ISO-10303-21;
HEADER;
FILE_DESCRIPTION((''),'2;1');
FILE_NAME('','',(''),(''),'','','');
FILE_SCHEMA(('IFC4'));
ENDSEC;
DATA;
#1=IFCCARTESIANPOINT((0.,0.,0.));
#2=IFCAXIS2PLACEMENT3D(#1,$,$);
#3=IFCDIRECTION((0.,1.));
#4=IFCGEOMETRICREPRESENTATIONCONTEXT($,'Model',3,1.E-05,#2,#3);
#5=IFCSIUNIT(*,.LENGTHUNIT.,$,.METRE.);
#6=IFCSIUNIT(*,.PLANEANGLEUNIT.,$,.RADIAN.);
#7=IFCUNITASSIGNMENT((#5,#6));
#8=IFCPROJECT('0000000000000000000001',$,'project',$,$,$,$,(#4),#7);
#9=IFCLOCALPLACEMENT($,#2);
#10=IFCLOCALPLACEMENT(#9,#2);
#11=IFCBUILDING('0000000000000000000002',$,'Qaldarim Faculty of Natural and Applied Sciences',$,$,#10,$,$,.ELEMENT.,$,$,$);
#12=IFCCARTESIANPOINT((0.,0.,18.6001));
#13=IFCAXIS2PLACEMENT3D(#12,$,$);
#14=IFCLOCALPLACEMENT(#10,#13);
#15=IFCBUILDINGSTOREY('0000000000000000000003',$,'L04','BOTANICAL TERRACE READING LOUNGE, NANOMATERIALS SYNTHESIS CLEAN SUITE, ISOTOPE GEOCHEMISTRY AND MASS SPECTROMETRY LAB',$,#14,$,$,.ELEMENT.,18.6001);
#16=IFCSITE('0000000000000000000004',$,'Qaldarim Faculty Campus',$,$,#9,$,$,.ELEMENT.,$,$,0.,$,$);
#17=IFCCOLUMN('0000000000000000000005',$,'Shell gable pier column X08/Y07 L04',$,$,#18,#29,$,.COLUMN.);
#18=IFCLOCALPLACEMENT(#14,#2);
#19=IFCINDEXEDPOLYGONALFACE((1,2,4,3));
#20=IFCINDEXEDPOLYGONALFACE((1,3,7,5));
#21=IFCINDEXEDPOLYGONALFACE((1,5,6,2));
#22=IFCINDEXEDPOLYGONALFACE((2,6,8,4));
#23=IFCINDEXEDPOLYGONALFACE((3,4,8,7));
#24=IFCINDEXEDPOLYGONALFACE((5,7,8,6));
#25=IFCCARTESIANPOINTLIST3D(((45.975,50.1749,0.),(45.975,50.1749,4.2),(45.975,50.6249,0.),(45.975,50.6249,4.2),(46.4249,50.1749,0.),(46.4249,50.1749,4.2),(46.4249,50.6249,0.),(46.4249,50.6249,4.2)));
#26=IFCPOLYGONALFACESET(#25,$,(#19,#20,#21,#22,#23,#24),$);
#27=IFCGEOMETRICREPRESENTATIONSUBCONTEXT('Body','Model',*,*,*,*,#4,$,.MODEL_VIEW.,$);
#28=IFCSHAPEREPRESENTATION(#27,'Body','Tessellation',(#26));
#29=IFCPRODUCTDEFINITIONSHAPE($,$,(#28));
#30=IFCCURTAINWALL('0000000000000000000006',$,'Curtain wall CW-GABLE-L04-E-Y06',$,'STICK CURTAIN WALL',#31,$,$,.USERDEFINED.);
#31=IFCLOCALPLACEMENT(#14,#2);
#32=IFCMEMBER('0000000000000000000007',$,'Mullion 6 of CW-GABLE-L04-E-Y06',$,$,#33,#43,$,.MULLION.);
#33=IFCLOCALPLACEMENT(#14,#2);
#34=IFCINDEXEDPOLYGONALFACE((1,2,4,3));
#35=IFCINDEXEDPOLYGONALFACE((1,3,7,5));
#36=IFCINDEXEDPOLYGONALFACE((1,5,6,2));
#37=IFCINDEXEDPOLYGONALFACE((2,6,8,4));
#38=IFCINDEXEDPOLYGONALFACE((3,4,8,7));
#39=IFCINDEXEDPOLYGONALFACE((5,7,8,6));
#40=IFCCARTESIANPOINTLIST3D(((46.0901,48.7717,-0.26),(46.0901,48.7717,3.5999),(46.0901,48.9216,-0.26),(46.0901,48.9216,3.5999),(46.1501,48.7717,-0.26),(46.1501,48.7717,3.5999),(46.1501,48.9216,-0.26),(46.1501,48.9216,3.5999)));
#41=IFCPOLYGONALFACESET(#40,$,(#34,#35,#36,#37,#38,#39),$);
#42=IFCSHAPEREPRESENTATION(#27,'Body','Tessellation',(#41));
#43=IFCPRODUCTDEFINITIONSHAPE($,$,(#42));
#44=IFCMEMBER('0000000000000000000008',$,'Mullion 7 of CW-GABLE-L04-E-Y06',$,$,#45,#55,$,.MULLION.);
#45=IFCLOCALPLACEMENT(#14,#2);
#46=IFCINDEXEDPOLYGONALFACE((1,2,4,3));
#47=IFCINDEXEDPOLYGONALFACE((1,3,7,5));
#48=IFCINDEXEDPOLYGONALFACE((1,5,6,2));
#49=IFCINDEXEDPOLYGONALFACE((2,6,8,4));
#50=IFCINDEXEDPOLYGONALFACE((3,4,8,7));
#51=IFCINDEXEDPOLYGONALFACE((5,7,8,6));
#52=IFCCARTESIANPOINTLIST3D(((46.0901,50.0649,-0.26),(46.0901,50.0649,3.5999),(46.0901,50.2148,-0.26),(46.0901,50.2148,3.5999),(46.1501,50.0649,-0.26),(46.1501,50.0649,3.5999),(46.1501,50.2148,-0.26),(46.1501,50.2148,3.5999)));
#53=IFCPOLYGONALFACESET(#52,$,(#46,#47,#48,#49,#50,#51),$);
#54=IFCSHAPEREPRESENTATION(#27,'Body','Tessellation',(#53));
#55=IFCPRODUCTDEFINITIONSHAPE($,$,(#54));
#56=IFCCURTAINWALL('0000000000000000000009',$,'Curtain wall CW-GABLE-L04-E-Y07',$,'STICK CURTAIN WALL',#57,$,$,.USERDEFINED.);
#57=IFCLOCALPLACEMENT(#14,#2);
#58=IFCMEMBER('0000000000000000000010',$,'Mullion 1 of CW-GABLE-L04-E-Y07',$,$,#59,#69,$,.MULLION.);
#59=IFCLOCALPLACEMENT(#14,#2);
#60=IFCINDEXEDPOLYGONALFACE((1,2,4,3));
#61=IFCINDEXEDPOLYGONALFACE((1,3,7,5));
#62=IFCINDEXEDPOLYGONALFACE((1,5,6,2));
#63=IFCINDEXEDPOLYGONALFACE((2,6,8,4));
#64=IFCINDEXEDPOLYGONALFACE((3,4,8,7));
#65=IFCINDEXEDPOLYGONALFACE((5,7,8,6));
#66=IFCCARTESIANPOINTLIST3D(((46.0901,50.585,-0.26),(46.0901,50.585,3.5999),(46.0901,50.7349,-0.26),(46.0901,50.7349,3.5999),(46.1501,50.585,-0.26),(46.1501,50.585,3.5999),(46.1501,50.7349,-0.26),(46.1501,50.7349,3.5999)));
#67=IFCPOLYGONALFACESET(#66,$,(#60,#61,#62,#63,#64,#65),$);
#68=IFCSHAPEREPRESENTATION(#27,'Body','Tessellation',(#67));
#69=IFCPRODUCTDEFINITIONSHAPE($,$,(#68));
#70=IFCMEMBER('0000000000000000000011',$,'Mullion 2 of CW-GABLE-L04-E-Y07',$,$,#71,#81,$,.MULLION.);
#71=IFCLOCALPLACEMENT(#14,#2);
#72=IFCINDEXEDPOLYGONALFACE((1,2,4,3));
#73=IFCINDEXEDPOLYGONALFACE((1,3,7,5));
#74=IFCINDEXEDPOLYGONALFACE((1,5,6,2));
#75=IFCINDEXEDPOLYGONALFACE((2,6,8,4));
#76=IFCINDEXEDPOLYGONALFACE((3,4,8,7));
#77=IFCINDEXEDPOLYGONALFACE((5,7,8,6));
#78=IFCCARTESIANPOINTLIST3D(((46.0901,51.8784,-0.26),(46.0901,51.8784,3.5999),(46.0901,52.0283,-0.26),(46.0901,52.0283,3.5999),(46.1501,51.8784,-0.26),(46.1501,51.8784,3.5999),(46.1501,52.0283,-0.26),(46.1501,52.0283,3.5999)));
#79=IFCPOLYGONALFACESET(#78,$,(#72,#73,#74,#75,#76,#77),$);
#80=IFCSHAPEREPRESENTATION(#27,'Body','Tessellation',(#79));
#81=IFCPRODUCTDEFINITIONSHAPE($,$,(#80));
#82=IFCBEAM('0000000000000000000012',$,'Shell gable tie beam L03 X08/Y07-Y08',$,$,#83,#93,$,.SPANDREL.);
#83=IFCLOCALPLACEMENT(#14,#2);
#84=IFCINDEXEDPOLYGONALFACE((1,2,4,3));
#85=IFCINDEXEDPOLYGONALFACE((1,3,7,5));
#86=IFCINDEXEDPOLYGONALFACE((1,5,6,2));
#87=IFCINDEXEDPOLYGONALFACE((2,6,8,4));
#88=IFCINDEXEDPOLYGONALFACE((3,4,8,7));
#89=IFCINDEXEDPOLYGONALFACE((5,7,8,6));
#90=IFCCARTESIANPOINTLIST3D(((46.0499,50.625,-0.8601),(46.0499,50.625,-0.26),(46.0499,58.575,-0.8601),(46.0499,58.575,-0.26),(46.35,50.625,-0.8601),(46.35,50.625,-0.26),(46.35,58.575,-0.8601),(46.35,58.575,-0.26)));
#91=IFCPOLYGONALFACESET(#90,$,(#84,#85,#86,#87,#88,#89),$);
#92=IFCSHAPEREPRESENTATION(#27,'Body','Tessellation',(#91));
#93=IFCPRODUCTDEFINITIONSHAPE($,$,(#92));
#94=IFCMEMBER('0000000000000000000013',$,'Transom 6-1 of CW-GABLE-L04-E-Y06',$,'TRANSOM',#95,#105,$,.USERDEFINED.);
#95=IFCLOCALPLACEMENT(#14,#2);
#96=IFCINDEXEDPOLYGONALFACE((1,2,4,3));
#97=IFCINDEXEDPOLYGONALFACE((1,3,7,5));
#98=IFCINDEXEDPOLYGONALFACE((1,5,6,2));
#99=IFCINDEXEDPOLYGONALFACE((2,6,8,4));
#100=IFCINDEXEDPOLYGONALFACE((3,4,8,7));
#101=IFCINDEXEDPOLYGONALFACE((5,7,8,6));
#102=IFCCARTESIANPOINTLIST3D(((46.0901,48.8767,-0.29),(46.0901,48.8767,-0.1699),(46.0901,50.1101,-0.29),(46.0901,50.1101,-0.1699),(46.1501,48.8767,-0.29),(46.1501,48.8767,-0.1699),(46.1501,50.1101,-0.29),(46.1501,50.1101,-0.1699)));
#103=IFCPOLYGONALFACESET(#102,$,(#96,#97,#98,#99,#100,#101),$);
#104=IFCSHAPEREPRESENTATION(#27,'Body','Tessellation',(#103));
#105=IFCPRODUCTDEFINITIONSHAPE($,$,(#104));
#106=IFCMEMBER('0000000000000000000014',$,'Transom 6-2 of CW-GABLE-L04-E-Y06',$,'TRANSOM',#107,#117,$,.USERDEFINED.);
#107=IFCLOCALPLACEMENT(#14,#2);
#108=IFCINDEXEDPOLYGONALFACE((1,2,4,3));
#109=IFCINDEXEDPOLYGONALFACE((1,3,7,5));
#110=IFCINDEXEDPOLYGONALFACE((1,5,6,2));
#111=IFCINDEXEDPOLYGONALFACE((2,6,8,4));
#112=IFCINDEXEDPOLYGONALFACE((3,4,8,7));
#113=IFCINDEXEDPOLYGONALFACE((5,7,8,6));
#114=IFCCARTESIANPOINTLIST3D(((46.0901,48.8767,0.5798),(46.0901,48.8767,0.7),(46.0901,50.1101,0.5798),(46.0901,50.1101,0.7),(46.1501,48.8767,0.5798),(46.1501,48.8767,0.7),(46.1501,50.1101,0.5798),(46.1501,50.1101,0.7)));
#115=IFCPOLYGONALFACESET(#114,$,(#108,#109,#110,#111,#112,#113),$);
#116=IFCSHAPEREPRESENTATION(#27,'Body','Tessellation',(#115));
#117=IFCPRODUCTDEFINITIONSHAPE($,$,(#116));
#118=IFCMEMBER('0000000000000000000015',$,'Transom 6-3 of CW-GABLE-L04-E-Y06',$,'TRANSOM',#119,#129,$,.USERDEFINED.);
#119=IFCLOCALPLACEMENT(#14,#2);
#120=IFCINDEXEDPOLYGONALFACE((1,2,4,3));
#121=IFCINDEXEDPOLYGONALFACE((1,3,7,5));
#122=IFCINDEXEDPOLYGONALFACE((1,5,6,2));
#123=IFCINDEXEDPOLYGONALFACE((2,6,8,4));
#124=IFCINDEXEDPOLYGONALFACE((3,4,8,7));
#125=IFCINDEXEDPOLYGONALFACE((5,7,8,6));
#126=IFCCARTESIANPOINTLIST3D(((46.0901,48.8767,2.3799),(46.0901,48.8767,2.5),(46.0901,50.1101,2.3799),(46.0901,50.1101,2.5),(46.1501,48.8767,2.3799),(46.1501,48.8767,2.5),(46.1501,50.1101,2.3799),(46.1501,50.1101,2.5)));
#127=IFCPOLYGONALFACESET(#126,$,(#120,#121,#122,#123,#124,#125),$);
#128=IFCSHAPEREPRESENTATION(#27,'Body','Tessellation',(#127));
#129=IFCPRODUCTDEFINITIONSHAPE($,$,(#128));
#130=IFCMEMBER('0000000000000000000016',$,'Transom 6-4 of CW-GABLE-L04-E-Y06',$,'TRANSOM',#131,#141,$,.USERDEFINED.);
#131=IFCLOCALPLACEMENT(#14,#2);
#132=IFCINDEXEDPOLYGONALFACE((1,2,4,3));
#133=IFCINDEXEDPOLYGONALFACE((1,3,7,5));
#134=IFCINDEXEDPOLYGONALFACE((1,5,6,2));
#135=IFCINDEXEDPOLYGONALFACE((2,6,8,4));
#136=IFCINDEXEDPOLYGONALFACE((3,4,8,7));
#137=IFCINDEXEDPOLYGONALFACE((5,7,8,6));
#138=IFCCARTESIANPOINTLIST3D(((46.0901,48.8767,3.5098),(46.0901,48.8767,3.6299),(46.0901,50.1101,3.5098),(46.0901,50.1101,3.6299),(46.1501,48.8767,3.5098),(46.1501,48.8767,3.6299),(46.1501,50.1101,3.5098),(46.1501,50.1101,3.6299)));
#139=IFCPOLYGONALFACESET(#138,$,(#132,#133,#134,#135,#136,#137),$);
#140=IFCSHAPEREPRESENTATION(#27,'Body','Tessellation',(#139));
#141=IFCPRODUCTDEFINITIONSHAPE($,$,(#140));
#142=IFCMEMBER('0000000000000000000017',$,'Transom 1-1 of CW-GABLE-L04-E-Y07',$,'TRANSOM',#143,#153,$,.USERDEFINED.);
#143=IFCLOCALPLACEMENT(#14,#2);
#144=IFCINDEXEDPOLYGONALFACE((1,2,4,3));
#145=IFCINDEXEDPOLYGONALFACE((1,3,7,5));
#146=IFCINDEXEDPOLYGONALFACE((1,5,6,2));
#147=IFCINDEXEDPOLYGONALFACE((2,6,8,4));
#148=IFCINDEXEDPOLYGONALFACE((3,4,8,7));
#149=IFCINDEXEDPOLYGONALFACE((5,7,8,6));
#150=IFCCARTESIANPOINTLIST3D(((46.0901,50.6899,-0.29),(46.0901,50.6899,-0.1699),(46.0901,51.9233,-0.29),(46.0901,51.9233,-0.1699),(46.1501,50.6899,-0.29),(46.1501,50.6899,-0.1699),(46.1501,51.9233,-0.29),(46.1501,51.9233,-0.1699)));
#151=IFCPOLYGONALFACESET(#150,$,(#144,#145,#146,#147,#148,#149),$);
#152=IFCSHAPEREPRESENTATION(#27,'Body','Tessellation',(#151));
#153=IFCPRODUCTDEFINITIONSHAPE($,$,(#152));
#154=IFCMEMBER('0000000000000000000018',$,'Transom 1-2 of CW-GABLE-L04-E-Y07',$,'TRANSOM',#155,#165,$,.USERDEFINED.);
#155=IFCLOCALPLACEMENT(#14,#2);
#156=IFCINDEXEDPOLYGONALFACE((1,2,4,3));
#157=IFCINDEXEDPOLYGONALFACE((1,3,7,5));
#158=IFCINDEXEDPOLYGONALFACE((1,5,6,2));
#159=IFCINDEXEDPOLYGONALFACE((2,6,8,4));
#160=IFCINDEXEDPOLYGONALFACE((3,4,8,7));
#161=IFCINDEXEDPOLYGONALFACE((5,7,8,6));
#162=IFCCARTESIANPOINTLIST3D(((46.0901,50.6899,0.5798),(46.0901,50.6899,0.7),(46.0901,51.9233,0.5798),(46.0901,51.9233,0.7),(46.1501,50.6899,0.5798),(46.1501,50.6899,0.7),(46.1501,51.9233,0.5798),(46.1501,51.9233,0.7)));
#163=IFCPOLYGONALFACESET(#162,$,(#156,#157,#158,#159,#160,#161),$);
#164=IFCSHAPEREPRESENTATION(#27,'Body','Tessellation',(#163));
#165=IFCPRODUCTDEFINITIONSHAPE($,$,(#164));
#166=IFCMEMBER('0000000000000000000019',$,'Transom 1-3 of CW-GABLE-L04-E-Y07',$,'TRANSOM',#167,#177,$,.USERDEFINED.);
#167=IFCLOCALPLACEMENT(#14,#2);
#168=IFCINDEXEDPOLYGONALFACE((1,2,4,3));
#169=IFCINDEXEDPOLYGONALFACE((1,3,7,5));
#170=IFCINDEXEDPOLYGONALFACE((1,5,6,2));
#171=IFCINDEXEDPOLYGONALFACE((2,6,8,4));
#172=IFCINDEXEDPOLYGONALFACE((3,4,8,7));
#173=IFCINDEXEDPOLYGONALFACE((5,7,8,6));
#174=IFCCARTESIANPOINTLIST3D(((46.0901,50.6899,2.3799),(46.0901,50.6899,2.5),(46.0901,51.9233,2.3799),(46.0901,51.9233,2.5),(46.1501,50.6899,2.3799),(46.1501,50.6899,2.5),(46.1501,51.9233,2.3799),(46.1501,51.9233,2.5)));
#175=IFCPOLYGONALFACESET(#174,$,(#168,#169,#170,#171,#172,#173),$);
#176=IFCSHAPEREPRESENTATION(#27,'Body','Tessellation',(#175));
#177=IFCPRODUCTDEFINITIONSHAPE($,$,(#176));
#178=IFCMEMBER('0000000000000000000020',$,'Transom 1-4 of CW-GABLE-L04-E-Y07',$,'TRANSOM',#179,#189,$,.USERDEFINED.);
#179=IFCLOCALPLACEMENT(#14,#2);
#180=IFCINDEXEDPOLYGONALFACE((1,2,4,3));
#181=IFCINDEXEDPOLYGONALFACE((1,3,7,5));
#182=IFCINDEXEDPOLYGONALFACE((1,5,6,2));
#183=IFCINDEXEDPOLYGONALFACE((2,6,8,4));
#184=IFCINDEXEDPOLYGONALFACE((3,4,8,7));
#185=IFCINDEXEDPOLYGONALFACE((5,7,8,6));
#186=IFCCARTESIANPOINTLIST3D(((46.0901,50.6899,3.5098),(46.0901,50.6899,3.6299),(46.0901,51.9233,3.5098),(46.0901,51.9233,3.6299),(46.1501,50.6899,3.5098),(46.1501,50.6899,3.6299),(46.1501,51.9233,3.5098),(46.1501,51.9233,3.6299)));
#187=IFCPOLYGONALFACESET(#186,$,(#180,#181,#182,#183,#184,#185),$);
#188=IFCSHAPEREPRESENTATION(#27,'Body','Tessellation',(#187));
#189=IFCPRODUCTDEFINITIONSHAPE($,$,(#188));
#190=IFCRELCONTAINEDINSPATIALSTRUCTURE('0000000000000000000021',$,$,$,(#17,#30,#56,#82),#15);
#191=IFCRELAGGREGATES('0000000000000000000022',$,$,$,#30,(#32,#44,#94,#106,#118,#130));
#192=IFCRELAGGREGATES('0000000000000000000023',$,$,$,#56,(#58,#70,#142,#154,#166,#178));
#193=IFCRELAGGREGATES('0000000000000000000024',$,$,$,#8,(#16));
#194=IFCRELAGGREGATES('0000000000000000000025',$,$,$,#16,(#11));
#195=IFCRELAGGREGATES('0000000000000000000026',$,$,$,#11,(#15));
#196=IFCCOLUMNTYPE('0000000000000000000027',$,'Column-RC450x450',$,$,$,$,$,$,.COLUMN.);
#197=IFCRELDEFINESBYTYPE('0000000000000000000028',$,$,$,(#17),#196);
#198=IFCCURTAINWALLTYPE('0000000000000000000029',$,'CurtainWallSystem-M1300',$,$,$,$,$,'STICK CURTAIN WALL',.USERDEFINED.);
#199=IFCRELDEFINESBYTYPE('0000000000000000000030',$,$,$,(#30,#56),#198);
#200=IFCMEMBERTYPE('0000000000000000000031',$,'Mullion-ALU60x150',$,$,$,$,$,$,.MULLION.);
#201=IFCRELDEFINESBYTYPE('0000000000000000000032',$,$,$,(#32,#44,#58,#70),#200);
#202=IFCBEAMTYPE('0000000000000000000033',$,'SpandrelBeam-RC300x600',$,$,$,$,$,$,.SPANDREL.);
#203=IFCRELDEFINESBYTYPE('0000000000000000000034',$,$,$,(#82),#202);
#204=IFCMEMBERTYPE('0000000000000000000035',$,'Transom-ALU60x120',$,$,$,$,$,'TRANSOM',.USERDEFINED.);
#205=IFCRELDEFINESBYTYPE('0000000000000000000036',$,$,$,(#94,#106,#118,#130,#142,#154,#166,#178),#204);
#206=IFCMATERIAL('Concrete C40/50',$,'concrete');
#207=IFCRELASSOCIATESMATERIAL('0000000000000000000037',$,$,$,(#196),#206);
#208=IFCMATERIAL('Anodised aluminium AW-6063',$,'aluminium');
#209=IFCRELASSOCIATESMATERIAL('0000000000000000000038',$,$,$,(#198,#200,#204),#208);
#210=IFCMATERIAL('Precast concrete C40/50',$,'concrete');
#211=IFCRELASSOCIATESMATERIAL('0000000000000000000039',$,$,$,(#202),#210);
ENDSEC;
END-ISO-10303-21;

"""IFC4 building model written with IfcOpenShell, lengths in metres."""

from ifc_helpers import new_model, si_unit, direction, frame, origin, origin_2d, place, context, subcontext, project, spatial, rectangle, extrude, material, material_profile, profile_set, type_object, element, aggregate, save


model = new_model("IFC4")

# Units and contexts
model_context = context("Model", 3, precision=1e-05, world=origin(), true_north=direction((0.0, 1.0)))
body_context = subcontext(model_context, "Body", "Model", "MODEL_VIEW")
ifc_project = project(units=[si_unit("LENGTHUNIT", "METRE"), si_unit("PLANEANGLEUNIT", "RADIAN")], contexts=[model_context])

# Site, building, storey
site_placement = place(None, origin())
site = spatial("IfcSite", under=ifc_project, at=site_placement, Name="Qaldarim Faculty Campus", CompositionType="ELEMENT", RefElevation=0.0)
building_placement = place(site_placement, origin())
building = spatial("IfcBuilding", under=site, at=building_placement, Name="Qaldarim Faculty of Natural and Applied Sciences", CompositionType="ELEMENT")
storey_placement = place(building_placement, frame((0.0, 0.0, 18.6001)))
storey = spatial("IfcBuildingStorey", under=building, at=storey_placement, Name="L04", Description="BOTANICAL TERRACE READING LOUNGE, NANOMATERIALS SYNTHESIS CLEAN SUITE, ISOTOPE GEOCHEMISTRY AND MASS SPECTROMETRY LAB", CompositionType="ELEMENT", Elevation=18.6001)

# Column
ifc_material_1 = material(Name="Concrete C40/50", Category="concrete")
ifc_material_profile_1 = material_profile(ifc_material_1, rectangle(XDim=0.45, YDim=0.45, at=origin_2d()), Name="RC-C450x450")
ifc_profile_set_1 = profile_set([ifc_material_profile_1], Name="Concrete C40/50")
column_type = type_object("IfcColumnType", Name="Column-RC450x450", PredefinedType="COLUMN", material=ifc_profile_set_1)
column_placement = place(storey_placement, frame((46.2, 50.3999, 0.0), z_axis=(0.0, 0.0, 1.0), x_axis=(1.0, 0.0, 0.0)))
element("IfcColumn", 1, at=column_placement, inside=storey, type_object=column_type, Name="Shell gable pier column X08/Y07 L04", PredefinedType="COLUMN", context=body_context, shape_type="SweptSolid", body=[
    extrude(rectangle(XDim=0.45, YDim=0.45, at=origin_2d()), origin(), (0.0, 0.0, 1.0), 4.2),
])

# Curtain walls, members
ifc_material_2 = material(Name="Anodised aluminium AW-6063", Category="aluminium")
curtain_wall_type = type_object("IfcCurtainWallType", Name="CurtainWallSystem-M1300", ElementType="STICK CURTAIN WALL", PredefinedType="USERDEFINED", material=ifc_material_2)
curtain_wall_1_placement = place(storey_placement, origin())
curtain_wall_1 = element("IfcCurtainWall", 2, at=curtain_wall_1_placement, inside=storey, type_object=curtain_wall_type, Name="Curtain wall CW-GABLE-L04-E-Y06", ObjectType="STICK CURTAIN WALL", PredefinedType="USERDEFINED")
ifc_material_profile_2 = material_profile(ifc_material_2, rectangle(XDim=0.0601, YDim=0.1499, at=origin_2d()), Name="ALU-M60x150")
ifc_profile_set_2 = profile_set([ifc_material_profile_2], Name="Anodised aluminium AW-6063")
member_type_1 = type_object("IfcMemberType", Name="Mullion-ALU60x150", PredefinedType="MULLION", material=ifc_profile_set_2)
member_1_placement = place(storey_placement, frame((46.1201, 48.8467, -0.26), z_axis=(0.0, 0.0, 1.0), x_axis=(-1.0, 0.0, 0.0)))
member_1 = element("IfcMember", 3, at=member_1_placement, type_object=member_type_1, Name="Mullion 6 of CW-GABLE-L04-E-Y06", PredefinedType="MULLION", context=body_context, shape_type="SweptSolid", body=[
    extrude(rectangle(XDim=0.0601, YDim=0.1499, at=origin_2d()), origin(), (0.0, 0.0, 1.0), 3.8599),
])
member_2_placement = place(storey_placement, frame((46.1201, 50.1399, -0.26), z_axis=(0.0, 0.0, 1.0), x_axis=(-1.0, 0.0, 0.0)))
member_2 = element("IfcMember", 4, at=member_2_placement, type_object=member_type_1, Name="Mullion 7 of CW-GABLE-L04-E-Y06", PredefinedType="MULLION", context=body_context, shape_type="SweptSolid", body=[
    extrude(rectangle(XDim=0.0601, YDim=0.1499, at=origin_2d()), origin(), (0.0, 0.0, 1.0), 3.8599),
])
curtain_wall_2_placement = place(storey_placement, origin())
curtain_wall_2 = element("IfcCurtainWall", 5, at=curtain_wall_2_placement, inside=storey, type_object=curtain_wall_type, Name="Curtain wall CW-GABLE-L04-E-Y07", ObjectType="STICK CURTAIN WALL", PredefinedType="USERDEFINED")
member_3_placement = place(storey_placement, frame((46.1201, 50.6599, -0.26), z_axis=(0.0, 0.0, 1.0), x_axis=(-1.0, 0.0, 0.0)))
member_3 = element("IfcMember", 6, at=member_3_placement, type_object=member_type_1, Name="Mullion 1 of CW-GABLE-L04-E-Y07", PredefinedType="MULLION", context=body_context, shape_type="SweptSolid", body=[
    extrude(rectangle(XDim=0.0601, YDim=0.1499, at=origin_2d()), origin(), (0.0, 0.0, 1.0), 3.8599),
])
member_4_placement = place(storey_placement, frame((46.1201, 51.9534, -0.26), z_axis=(0.0, 0.0, 1.0), x_axis=(-1.0, 0.0, 0.0)))
member_4 = element("IfcMember", 7, at=member_4_placement, type_object=member_type_1, Name="Mullion 2 of CW-GABLE-L04-E-Y07", PredefinedType="MULLION", context=body_context, shape_type="SweptSolid", body=[
    extrude(rectangle(XDim=0.0601, YDim=0.1499, at=origin_2d()), origin(), (0.0, 0.0, 1.0), 3.8599),
])

# Beam
ifc_material_3 = material(Name="Precast concrete C40/50", Category="concrete")
ifc_material_profile_3 = material_profile(ifc_material_3, rectangle(XDim=0.3, YDim=0.6001, at=origin_2d()), Name="RC-SP300x600")
ifc_profile_set_3 = profile_set([ifc_material_profile_3], Name="Precast concrete C40/50")
beam_type = type_object("IfcBeamType", Name="SpandrelBeam-RC300x600", PredefinedType="SPANDREL", material=ifc_profile_set_3)
beam_placement = place(storey_placement, frame((46.2, 50.625, -0.5601), z_axis=(0.0, 1.0, 0.0), x_axis=(-1.0, 0.0, 0.0)))
element("IfcBeam", 8, at=beam_placement, inside=storey, type_object=beam_type, Name="Shell gable tie beam L03 X08/Y07-Y08", PredefinedType="SPANDREL", context=body_context, shape_type="SweptSolid", body=[
    extrude(rectangle(XDim=0.3, YDim=0.6001, at=origin_2d()), origin(), (0.0, 0.0, 1.0), 7.95),
])

# Members
ifc_material_profile_4 = material_profile(ifc_material_2, rectangle(XDim=0.0601, YDim=0.1201, at=origin_2d()), Name="ALU-T60x120")
ifc_profile_set_4 = profile_set([ifc_material_profile_4], Name="Anodised aluminium AW-6063")
member_type_2 = type_object("IfcMemberType", Name="Transom-ALU60x120", ElementType="TRANSOM", PredefinedType="USERDEFINED", material=ifc_profile_set_4)
member_5_placement = place(storey_placement, frame((46.1201, 48.8767, -0.23), z_axis=(0.0, 1.0, 0.0), x_axis=(-1.0, 0.0, 0.0)))
member_5 = element("IfcMember", 9, at=member_5_placement, type_object=member_type_2, Name="Transom 6-1 of CW-GABLE-L04-E-Y06", ObjectType="TRANSOM", PredefinedType="USERDEFINED", context=body_context, shape_type="SweptSolid", body=[
    extrude(rectangle(XDim=0.0601, YDim=0.1201, at=origin_2d()), origin(), (0.0, 0.0, 1.0), 1.2334),
])
member_6_placement = place(storey_placement, frame((46.1201, 48.8767, 0.6399), z_axis=(0.0, 1.0, 0.0), x_axis=(-1.0, 0.0, 0.0)))
member_6 = element("IfcMember", 10, at=member_6_placement, type_object=member_type_2, Name="Transom 6-2 of CW-GABLE-L04-E-Y06", ObjectType="TRANSOM", PredefinedType="USERDEFINED", context=body_context, shape_type="SweptSolid", body=[
    extrude(rectangle(XDim=0.0601, YDim=0.1201, at=origin_2d()), origin(), (0.0, 0.0, 1.0), 1.2334),
])
member_7_placement = place(storey_placement, frame((46.1201, 48.8767, 2.4399), z_axis=(0.0, 1.0, 0.0), x_axis=(-1.0, 0.0, 0.0)))
member_7 = element("IfcMember", 11, at=member_7_placement, type_object=member_type_2, Name="Transom 6-3 of CW-GABLE-L04-E-Y06", ObjectType="TRANSOM", PredefinedType="USERDEFINED", context=body_context, shape_type="SweptSolid", body=[
    extrude(rectangle(XDim=0.0601, YDim=0.1201, at=origin_2d()), origin(), (0.0, 0.0, 1.0), 1.2334),
])
member_8_placement = place(storey_placement, frame((46.1201, 48.8767, 3.5698), z_axis=(0.0, 1.0, 0.0), x_axis=(-1.0, 0.0, 0.0)))
member_8 = element("IfcMember", 12, at=member_8_placement, type_object=member_type_2, Name="Transom 6-4 of CW-GABLE-L04-E-Y06", ObjectType="TRANSOM", PredefinedType="USERDEFINED", context=body_context, shape_type="SweptSolid", body=[
    extrude(rectangle(XDim=0.0601, YDim=0.1201, at=origin_2d()), origin(), (0.0, 0.0, 1.0), 1.2334),
])
member_9_placement = place(storey_placement, frame((46.1201, 50.6899, -0.23), z_axis=(0.0, 1.0, 0.0), x_axis=(-1.0, 0.0, 0.0)))
member_9 = element("IfcMember", 13, at=member_9_placement, type_object=member_type_2, Name="Transom 1-1 of CW-GABLE-L04-E-Y07", ObjectType="TRANSOM", PredefinedType="USERDEFINED", context=body_context, shape_type="SweptSolid", body=[
    extrude(rectangle(XDim=0.0601, YDim=0.1201, at=origin_2d()), origin(), (0.0, 0.0, 1.0), 1.2334),
])
member_10_placement = place(storey_placement, frame((46.1201, 50.6899, 0.6399), z_axis=(0.0, 1.0, 0.0), x_axis=(-1.0, 0.0, 0.0)))
member_10 = element("IfcMember", 14, at=member_10_placement, type_object=member_type_2, Name="Transom 1-2 of CW-GABLE-L04-E-Y07", ObjectType="TRANSOM", PredefinedType="USERDEFINED", context=body_context, shape_type="SweptSolid", body=[
    extrude(rectangle(XDim=0.0601, YDim=0.1201, at=origin_2d()), origin(), (0.0, 0.0, 1.0), 1.2334),
])
member_11_placement = place(storey_placement, frame((46.1201, 50.6899, 2.4399), z_axis=(0.0, 1.0, 0.0), x_axis=(-1.0, 0.0, 0.0)))
member_11 = element("IfcMember", 15, at=member_11_placement, type_object=member_type_2, Name="Transom 1-3 of CW-GABLE-L04-E-Y07", ObjectType="TRANSOM", PredefinedType="USERDEFINED", context=body_context, shape_type="SweptSolid", body=[
    extrude(rectangle(XDim=0.0601, YDim=0.1201, at=origin_2d()), origin(), (0.0, 0.0, 1.0), 1.2334),
])
member_12_placement = place(storey_placement, frame((46.1201, 50.6899, 3.5698), z_axis=(0.0, 1.0, 0.0), x_axis=(-1.0, 0.0, 0.0)))
member_12 = element("IfcMember", 16, at=member_12_placement, type_object=member_type_2, Name="Transom 1-4 of CW-GABLE-L04-E-Y07", ObjectType="TRANSOM", PredefinedType="USERDEFINED", context=body_context, shape_type="SweptSolid", body=[
    extrude(rectangle(XDim=0.0601, YDim=0.1201, at=origin_2d()), origin(), (0.0, 0.0, 1.0), 1.2334),
])

aggregate(curtain_wall_1, [member_1, member_2, member_5, member_6, member_7, member_8])
aggregate(curtain_wall_2, [member_3, member_4, member_9, member_10, member_11, member_12])

save(model, "model.ifc")
